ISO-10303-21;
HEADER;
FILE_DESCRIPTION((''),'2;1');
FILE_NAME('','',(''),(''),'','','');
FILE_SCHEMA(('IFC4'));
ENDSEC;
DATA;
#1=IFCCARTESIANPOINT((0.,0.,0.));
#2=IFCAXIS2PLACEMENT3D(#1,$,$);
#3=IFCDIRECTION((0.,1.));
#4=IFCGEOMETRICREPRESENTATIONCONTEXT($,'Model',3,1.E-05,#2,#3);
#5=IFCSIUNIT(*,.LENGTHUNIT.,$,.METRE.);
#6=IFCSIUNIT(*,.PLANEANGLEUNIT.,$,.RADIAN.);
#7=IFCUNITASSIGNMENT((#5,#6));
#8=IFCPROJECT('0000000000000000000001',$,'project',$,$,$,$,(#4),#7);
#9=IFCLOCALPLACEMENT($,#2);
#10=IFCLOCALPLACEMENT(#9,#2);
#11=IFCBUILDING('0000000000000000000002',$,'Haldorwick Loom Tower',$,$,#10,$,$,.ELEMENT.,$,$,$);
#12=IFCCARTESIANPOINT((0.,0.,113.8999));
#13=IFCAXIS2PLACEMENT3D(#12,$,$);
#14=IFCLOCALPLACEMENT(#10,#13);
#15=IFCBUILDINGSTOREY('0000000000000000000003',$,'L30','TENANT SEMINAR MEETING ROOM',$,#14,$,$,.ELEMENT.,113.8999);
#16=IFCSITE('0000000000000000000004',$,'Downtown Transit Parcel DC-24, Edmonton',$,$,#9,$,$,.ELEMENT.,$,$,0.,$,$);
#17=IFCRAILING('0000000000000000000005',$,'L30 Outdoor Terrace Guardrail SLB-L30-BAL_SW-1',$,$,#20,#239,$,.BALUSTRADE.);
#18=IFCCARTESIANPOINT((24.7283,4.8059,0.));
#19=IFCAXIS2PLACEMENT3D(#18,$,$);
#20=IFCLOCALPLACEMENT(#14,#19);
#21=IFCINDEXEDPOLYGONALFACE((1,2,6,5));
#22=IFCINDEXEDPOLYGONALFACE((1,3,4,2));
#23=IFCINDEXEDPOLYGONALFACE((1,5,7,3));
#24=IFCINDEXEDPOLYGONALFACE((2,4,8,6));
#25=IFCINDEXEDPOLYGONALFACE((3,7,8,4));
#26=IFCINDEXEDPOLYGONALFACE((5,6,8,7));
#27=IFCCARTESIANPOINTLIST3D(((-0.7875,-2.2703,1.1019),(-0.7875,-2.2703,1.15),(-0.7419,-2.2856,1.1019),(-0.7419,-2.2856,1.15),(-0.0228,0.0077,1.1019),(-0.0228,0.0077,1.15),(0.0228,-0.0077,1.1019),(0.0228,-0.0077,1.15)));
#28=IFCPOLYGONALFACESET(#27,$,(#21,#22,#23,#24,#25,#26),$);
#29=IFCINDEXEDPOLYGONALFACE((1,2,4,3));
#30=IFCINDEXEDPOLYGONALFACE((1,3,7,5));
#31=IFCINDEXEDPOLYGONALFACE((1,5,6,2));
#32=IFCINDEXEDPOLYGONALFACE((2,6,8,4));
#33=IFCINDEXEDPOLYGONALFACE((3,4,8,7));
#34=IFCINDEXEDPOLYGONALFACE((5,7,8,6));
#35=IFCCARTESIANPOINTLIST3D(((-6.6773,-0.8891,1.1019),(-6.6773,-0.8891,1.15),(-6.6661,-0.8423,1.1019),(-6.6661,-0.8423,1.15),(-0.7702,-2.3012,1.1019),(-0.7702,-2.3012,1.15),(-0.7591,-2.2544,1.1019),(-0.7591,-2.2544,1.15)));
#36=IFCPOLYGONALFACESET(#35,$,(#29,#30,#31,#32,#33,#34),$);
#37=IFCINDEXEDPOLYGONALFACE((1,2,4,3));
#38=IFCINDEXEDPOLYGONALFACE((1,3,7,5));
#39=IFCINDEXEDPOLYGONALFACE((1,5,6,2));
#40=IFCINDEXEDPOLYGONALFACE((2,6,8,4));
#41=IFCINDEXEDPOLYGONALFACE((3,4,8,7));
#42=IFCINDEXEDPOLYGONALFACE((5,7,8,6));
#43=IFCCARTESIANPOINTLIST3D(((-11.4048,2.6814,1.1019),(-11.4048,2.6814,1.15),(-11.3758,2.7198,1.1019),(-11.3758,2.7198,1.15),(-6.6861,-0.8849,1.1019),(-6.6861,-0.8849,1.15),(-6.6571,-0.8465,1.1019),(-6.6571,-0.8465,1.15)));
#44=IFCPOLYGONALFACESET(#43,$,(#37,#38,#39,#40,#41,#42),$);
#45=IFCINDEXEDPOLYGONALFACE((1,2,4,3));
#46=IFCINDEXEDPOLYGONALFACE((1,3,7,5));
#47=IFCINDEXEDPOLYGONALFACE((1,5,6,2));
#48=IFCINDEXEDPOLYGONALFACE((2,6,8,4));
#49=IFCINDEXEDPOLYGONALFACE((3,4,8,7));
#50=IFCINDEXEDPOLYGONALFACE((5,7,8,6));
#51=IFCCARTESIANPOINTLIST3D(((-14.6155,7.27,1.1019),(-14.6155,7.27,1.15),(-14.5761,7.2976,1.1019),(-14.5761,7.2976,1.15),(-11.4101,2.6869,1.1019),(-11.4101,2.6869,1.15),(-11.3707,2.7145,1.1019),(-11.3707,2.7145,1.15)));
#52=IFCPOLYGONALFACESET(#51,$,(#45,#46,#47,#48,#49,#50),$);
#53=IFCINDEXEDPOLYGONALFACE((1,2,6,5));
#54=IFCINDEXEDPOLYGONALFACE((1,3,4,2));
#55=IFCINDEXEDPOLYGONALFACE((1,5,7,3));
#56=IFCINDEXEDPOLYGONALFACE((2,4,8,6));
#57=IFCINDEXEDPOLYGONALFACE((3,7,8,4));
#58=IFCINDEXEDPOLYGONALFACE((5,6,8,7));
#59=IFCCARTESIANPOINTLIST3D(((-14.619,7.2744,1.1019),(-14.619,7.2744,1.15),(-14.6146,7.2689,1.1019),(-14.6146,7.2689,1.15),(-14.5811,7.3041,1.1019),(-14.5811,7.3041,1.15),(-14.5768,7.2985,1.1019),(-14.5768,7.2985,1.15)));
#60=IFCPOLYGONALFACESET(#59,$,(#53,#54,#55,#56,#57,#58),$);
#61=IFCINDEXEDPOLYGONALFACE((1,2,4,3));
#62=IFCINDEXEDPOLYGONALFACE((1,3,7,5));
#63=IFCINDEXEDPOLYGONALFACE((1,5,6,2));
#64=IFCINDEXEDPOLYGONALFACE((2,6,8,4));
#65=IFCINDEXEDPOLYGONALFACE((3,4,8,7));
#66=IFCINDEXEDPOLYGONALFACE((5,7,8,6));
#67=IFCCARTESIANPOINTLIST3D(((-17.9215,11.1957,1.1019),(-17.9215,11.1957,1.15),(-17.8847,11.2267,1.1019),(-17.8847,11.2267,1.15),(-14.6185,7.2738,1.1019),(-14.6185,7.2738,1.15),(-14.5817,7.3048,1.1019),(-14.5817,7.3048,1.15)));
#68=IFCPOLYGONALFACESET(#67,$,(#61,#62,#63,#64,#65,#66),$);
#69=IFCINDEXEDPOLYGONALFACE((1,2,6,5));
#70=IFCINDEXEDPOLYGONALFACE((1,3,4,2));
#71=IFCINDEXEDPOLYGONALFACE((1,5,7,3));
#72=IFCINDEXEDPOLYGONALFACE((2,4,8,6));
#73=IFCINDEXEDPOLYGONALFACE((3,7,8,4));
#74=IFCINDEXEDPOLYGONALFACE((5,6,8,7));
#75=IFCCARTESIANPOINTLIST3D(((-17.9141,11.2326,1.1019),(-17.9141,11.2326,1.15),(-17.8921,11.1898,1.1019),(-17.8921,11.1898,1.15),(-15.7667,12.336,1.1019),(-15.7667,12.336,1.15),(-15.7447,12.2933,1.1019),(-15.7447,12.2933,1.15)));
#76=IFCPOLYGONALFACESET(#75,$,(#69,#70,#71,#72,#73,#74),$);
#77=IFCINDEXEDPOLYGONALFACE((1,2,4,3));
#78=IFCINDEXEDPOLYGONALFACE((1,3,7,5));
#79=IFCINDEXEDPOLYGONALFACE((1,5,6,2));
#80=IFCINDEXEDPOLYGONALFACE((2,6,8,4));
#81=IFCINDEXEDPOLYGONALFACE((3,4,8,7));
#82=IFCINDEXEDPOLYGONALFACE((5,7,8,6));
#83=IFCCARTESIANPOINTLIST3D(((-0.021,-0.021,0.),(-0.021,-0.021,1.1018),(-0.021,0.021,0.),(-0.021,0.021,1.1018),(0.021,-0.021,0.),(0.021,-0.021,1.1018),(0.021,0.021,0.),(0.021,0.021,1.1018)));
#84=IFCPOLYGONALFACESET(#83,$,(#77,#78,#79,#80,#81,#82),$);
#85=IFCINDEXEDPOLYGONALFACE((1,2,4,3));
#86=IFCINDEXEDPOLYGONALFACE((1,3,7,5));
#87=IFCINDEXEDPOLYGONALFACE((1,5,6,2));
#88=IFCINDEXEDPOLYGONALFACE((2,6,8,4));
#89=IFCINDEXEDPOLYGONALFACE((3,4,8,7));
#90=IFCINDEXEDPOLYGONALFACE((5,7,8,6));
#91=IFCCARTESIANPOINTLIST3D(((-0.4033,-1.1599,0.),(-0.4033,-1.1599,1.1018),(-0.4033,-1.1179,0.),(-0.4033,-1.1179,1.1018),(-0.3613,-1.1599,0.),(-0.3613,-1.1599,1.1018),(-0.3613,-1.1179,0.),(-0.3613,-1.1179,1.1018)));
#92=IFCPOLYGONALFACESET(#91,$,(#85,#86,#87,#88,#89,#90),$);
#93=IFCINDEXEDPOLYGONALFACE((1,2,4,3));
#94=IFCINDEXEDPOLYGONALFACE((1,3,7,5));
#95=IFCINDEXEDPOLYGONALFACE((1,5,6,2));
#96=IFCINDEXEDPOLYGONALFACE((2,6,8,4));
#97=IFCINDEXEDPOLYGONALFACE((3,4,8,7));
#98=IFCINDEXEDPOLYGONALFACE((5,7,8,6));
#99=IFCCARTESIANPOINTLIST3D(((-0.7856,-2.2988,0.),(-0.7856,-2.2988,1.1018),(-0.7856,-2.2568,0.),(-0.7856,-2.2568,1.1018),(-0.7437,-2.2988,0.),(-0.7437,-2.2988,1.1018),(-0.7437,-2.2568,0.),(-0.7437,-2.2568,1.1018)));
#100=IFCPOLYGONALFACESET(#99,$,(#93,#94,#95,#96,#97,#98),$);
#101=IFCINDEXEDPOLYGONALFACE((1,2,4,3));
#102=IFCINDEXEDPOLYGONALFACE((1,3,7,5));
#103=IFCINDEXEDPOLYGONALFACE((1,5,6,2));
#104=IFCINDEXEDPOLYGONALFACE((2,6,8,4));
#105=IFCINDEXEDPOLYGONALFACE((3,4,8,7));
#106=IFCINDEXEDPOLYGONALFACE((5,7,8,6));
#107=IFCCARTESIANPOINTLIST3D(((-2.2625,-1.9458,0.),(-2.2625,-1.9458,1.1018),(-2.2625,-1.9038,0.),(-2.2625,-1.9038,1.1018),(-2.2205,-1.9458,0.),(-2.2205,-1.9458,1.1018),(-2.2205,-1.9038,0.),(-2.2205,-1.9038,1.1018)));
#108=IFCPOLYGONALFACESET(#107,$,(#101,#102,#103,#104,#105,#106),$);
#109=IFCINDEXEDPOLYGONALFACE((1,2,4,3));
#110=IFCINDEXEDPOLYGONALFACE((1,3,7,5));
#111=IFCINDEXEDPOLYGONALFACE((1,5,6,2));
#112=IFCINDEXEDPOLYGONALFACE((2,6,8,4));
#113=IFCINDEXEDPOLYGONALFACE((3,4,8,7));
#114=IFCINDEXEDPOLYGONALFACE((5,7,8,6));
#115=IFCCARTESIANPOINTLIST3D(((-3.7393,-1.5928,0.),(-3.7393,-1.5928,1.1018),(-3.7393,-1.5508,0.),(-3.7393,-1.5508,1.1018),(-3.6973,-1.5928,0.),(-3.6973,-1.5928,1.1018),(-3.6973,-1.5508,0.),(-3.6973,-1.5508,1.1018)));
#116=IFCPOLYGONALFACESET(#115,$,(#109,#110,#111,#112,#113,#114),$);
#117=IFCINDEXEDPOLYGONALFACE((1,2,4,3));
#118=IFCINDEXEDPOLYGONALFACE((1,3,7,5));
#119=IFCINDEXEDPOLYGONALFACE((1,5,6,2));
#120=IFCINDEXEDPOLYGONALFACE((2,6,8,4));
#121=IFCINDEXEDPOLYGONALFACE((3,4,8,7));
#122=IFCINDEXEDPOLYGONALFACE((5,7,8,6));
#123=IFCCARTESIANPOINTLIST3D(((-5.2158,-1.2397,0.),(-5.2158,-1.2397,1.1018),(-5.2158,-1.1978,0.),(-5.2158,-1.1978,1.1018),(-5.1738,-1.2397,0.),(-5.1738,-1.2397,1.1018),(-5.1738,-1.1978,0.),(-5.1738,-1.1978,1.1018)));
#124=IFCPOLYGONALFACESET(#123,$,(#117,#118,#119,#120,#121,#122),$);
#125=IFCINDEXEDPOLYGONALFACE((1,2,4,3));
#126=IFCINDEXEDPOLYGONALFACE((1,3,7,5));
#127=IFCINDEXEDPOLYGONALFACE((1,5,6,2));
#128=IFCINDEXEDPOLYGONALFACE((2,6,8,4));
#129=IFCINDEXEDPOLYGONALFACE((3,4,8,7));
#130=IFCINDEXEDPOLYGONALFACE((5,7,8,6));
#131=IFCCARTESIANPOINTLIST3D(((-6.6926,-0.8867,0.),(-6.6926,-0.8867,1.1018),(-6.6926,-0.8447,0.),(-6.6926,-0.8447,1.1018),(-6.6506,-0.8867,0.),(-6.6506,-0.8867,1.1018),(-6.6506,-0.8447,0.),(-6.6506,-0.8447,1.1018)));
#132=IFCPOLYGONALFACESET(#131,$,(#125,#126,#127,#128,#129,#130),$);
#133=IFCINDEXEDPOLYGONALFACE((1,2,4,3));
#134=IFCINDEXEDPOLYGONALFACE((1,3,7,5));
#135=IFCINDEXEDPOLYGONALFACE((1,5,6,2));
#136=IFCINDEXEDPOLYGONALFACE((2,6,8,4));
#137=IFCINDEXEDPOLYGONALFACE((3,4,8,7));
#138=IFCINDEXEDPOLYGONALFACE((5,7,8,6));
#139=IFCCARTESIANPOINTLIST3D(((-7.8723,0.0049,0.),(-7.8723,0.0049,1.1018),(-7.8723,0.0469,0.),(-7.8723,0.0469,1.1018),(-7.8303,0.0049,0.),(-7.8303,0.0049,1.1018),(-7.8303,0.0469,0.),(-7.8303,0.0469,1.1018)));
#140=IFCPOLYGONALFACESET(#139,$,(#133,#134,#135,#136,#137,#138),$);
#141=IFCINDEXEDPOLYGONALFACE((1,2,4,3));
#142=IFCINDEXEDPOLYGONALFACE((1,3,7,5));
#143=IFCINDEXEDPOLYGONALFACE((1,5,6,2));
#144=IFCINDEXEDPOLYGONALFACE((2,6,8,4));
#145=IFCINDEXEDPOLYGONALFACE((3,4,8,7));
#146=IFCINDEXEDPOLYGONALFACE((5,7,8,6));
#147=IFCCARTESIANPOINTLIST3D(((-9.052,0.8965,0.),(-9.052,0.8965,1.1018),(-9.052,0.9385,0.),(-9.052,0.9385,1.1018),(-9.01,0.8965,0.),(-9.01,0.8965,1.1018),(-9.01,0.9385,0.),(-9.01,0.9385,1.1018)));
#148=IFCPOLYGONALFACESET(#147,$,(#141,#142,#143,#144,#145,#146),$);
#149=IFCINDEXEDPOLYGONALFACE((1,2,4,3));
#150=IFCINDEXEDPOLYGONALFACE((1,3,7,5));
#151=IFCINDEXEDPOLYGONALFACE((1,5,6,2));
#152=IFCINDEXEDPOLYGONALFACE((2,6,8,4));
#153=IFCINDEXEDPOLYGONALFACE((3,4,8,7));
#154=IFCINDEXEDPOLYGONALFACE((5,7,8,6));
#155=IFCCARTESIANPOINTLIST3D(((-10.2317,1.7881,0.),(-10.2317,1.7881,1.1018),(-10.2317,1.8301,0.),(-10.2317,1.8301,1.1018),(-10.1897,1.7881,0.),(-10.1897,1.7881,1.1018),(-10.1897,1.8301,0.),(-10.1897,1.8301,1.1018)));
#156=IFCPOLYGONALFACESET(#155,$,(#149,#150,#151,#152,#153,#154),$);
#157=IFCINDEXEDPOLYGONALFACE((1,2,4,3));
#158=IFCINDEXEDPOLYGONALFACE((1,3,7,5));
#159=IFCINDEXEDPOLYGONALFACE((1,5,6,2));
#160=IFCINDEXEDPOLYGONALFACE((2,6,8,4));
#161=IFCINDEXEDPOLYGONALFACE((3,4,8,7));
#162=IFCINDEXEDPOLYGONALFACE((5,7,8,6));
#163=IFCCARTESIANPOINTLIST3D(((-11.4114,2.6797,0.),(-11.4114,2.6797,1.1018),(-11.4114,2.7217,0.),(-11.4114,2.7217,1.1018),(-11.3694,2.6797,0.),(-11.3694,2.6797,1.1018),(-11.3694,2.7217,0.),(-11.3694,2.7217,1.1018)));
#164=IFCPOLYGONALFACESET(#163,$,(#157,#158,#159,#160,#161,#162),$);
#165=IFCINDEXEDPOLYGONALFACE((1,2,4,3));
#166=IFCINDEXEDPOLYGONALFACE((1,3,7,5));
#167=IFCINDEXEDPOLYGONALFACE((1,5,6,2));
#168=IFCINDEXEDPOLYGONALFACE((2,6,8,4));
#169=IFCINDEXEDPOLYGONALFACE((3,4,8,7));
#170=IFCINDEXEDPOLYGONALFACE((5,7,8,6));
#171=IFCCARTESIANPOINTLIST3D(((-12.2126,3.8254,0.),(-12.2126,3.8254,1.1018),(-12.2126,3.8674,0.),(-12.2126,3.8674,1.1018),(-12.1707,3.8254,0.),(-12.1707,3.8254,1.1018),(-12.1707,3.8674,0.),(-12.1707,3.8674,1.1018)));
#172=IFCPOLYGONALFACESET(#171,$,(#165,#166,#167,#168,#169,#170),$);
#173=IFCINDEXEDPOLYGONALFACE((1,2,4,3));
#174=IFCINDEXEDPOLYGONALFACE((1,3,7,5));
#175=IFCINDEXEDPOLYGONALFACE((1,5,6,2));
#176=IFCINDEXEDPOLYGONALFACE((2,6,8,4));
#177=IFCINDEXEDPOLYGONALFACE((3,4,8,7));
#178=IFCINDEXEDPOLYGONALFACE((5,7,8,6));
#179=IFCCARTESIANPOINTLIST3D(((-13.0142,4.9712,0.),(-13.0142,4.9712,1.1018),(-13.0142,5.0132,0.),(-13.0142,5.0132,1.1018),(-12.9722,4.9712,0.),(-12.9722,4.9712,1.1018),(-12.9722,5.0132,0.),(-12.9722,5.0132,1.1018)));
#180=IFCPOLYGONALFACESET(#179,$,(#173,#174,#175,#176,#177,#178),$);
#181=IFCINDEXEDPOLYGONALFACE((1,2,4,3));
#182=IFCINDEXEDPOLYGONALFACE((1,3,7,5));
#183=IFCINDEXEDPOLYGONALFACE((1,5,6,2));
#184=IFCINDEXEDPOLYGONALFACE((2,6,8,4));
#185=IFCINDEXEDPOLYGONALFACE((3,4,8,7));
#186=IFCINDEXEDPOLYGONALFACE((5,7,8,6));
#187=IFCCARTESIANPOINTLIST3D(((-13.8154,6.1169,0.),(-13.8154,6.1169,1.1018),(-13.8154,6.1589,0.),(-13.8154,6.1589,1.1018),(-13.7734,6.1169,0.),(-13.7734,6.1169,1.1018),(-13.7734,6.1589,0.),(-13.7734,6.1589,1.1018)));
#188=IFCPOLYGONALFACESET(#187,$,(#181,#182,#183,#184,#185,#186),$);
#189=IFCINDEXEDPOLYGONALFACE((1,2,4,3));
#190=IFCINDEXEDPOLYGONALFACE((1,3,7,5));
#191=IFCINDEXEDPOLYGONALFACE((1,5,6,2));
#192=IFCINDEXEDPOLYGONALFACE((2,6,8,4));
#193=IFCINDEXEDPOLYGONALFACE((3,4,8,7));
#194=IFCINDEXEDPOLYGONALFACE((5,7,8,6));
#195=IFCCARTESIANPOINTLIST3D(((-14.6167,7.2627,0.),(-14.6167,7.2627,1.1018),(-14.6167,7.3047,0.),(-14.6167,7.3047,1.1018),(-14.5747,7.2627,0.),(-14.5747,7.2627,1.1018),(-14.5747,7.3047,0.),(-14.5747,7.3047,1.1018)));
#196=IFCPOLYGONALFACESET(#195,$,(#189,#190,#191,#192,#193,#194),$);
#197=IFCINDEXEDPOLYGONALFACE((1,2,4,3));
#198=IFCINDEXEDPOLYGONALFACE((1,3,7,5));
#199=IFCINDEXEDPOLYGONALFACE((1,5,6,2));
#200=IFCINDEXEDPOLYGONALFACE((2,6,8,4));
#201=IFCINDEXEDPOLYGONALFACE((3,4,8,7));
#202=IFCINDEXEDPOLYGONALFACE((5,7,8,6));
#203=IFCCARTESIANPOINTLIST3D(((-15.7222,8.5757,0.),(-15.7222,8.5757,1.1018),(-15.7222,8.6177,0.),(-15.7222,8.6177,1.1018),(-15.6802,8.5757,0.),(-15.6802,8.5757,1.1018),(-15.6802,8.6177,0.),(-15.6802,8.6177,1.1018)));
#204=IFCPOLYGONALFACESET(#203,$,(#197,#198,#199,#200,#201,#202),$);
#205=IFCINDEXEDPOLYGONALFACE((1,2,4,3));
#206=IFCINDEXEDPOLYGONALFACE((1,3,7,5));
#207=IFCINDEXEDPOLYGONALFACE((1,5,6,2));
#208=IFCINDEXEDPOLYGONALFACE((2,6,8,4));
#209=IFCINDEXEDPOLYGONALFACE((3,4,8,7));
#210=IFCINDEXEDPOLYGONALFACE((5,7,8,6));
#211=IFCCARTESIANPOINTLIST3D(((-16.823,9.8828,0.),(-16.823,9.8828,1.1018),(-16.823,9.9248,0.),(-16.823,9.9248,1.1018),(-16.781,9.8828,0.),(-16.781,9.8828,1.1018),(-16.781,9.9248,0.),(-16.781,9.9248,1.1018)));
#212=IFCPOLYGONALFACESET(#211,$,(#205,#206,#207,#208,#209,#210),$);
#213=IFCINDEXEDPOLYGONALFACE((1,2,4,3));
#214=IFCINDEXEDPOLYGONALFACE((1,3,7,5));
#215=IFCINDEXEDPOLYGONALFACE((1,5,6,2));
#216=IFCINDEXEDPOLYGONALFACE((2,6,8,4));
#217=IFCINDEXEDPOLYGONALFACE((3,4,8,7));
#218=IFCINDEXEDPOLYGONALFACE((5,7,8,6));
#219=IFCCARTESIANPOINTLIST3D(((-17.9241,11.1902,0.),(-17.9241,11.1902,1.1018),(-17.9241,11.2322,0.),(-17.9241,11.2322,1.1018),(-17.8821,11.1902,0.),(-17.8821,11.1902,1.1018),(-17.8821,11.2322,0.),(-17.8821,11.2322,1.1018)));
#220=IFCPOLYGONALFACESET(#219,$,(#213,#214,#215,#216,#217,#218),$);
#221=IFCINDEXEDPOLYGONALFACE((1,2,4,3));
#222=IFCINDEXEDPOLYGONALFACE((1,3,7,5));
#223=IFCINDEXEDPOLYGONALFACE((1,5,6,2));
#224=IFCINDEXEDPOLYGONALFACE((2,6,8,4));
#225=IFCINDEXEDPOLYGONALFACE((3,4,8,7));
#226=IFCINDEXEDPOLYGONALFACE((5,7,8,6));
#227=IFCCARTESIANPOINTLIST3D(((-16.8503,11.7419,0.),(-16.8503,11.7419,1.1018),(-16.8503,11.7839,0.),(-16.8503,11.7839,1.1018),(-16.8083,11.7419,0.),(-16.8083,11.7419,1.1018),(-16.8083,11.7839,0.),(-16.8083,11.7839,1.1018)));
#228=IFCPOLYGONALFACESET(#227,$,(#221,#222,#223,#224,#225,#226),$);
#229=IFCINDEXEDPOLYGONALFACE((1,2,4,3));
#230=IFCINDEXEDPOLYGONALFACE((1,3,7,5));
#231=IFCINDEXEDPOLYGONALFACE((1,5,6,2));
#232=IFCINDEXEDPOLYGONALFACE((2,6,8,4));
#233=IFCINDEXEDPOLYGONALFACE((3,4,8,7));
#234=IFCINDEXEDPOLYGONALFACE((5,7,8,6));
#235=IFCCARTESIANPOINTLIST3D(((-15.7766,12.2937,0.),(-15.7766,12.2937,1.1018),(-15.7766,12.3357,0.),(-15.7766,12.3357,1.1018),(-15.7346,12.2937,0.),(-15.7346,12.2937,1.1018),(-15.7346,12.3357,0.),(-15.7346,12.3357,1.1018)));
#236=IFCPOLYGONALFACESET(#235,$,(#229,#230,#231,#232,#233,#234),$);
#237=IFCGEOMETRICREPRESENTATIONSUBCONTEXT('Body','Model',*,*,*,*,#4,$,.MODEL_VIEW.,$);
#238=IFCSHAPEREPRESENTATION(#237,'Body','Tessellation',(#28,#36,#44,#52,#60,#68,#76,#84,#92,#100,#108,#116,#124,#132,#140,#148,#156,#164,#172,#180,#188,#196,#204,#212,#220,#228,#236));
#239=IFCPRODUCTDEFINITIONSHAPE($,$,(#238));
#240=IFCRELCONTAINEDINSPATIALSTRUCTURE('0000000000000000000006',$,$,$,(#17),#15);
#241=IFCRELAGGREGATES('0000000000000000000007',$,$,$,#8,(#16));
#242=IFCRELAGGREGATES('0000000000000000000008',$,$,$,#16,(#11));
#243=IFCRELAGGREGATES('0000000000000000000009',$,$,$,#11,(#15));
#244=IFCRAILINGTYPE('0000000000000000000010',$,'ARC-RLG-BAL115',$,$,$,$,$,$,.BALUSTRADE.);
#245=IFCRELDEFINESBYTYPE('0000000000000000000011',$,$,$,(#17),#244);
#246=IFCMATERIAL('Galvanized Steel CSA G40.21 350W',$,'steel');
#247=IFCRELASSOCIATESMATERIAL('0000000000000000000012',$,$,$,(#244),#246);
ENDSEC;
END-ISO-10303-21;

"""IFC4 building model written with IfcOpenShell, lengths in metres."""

from ifc_helpers import new_model, si_unit, direction, frame, origin, origin_2d, place, context, subcontext, project, spatial, rectangle, extrude, material, type_object, element, save


model = new_model("IFC4")

# Units and contexts
model_context = context("Model", 3, precision=1e-05, world=origin(), true_north=direction((0.0, 1.0)))
body_context = subcontext(model_context, "Body", "Model", "MODEL_VIEW")
ifc_project = project(units=[si_unit("LENGTHUNIT", "METRE"), si_unit("PLANEANGLEUNIT", "RADIAN")], contexts=[model_context])

# Site, building, storey
site_placement = place(None, origin())
site = spatial("IfcSite", under=ifc_project, at=site_placement, Name="Downtown Transit Parcel DC-24, Edmonton", CompositionType="ELEMENT", RefElevation=0.0)
building_placement = place(site_placement, origin())
building = spatial("IfcBuilding", under=site, at=building_placement, Name="Haldorwick Loom Tower", CompositionType="ELEMENT")
storey_placement = place(building_placement, frame((0.0, 0.0, 113.8999)))
storey = spatial("IfcBuildingStorey", under=building, at=storey_placement, Name="L30", Description="TENANT SEMINAR MEETING ROOM", CompositionType="ELEMENT", Elevation=113.8999)

# Railing
ifc_material_1 = material(Name="Galvanized Steel CSA G40.21 350W", Category="steel")
railing_type = type_object("IfcRailingType", Name="ARC-RLG-BAL115", PredefinedType="BALUSTRADE", material=ifc_material_1)
railing_placement = place(storey_placement, frame((24.7283, 4.8059, 0.0)))
element("IfcRailing", 1, at=railing_placement, inside=storey, type_object=railing_type, Name="L30 Outdoor Terrace Guardrail SLB-L30-BAL_SW-1", PredefinedType="BALUSTRADE", context=body_context, shape_type="SweptSolid", body=[
    extrude(rectangle(XDim=0.0481, YDim=0.0481, at=origin_2d()), frame((0.0, 0.0, 1.126), z_axis=(-0.318239, -0.948011, 0.0), x_axis=(0.948011, -0.318239, 0.0)), (0.0, 0.0, 1.0), 2.4028),
    extrude(rectangle(XDim=0.0481, YDim=0.0481, at=origin_2d()), frame((-0.7646, -2.2778, 1.126), z_axis=(-0.972595, 0.232506, 0.0), x_axis=(-0.232506, -0.972595, 0.0)), (0.0, 0.0, 1.0), 6.0735),
    extrude(rectangle(XDim=0.0481, YDim=0.0481, at=origin_2d()), frame((-6.6716, -0.8657, 1.126), z_axis=(-0.797776, 0.602955, 0.0), x_axis=(-0.602955, -0.797776, 0.0)), (0.0, 0.0, 1.0), 5.9148),
    extrude(rectangle(XDim=0.0481, YDim=0.0481, at=origin_2d()), frame((-11.3904, 2.7007, 1.126), z_axis=(-0.573128, 0.819466, 0.0), x_axis=(-0.819466, -0.573128, 0.0)), (0.0, 0.0, 1.0), 5.5928),
    extrude(rectangle(XDim=0.0481, YDim=0.0481, at=origin_2d()), frame((-14.5957, 7.2837, 1.126), z_axis=(-0.616308, 0.787505, 0.0), x_axis=(-0.787505, -0.616308, 0.0)), (0.0, 0.0, 1.0), 0.0071),
    extrude(rectangle(XDim=0.0481, YDim=0.0481, at=origin_2d()), frame((-14.6001, 7.2893, 1.126), z_axis=(-0.644175, 0.764878, 0.0), x_axis=(-0.764878, -0.644175, 0.0)), (0.0, 0.0, 1.0), 5.1274),
    extrude(rectangle(XDim=0.0481, YDim=0.0481, at=origin_2d()), frame((-17.9031, 11.2112, 1.126), z_axis=(0.889438, 0.457056, 0.0), x_axis=(-0.457056, 0.889438, 0.0)), (0.0, 0.0, 1.0), 2.4143),
    extrude(rectangle(XDim=0.042, YDim=0.042, at=origin_2d()), origin(), (0.0, 0.0, 1.0), 1.1018),
    extrude(rectangle(XDim=0.042, YDim=0.042, at=origin_2d()), frame((-0.3823, -1.1389, 0.0)), (0.0, 0.0, 1.0), 1.1018),
    extrude(rectangle(XDim=0.042, YDim=0.042, at=origin_2d()), frame((-0.7646, -2.2778, 0.0)), (0.0, 0.0, 1.0), 1.1018),
    extrude(rectangle(XDim=0.042, YDim=0.042, at=origin_2d()), frame((-2.2415, -1.9248, 0.0)), (0.0, 0.0, 1.0), 1.1018),
    extrude(rectangle(XDim=0.042, YDim=0.042, at=origin_2d()), frame((-3.7183, -1.5718, 0.0)), (0.0, 0.0, 1.0), 1.1018),
    extrude(rectangle(XDim=0.042, YDim=0.042, at=origin_2d()), frame((-5.1948, -1.2188, 0.0)), (0.0, 0.0, 1.0), 1.1018),
    extrude(rectangle(XDim=0.042, YDim=0.042, at=origin_2d()), frame((-6.6716, -0.8657, 0.0)), (0.0, 0.0, 1.0), 1.1018),
    extrude(rectangle(XDim=0.042, YDim=0.042, at=origin_2d()), frame((-7.8513, 0.0259, 0.0)), (0.0, 0.0, 1.0), 1.1018),
    extrude(rectangle(XDim=0.042, YDim=0.042, at=origin_2d()), frame((-9.031, 0.9175, 0.0)), (0.0, 0.0, 1.0), 1.1018),
    extrude(rectangle(XDim=0.042, YDim=0.042, at=origin_2d()), frame((-10.2107, 1.8091, 0.0)), (0.0, 0.0, 1.0), 1.1018),
    extrude(rectangle(XDim=0.042, YDim=0.042, at=origin_2d()), frame((-11.3904, 2.7007, 0.0)), (0.0, 0.0, 1.0), 1.1018),
    extrude(rectangle(XDim=0.042, YDim=0.042, at=origin_2d()), frame((-12.1917, 3.8464, 0.0)), (0.0, 0.0, 1.0), 1.1018),
    extrude(rectangle(XDim=0.042, YDim=0.042, at=origin_2d()), frame((-12.9932, 4.9922, 0.0)), (0.0, 0.0, 1.0), 1.1018),
    extrude(rectangle(XDim=0.042, YDim=0.042, at=origin_2d()), frame((-13.7944, 6.1379, 0.0)), (0.0, 0.0, 1.0), 1.1018),
    extrude(rectangle(XDim=0.042, YDim=0.042, at=origin_2d()), frame((-14.5957, 7.2837, 0.0)), (0.0, 0.0, 1.0), 1.1018),
    extrude(rectangle(XDim=0.042, YDim=0.042, at=origin_2d()), frame((-15.7012, 8.5967, 0.0)), (0.0, 0.0, 1.0), 1.1018),
    extrude(rectangle(XDim=0.042, YDim=0.042, at=origin_2d()), frame((-16.802, 9.9038, 0.0)), (0.0, 0.0, 1.0), 1.1018),
    extrude(rectangle(XDim=0.042, YDim=0.042, at=origin_2d()), frame((-17.9031, 11.2112, 0.0)), (0.0, 0.0, 1.0), 1.1018),
    extrude(rectangle(XDim=0.042, YDim=0.042, at=origin_2d()), frame((-16.8293, 11.7629, 0.0)), (0.0, 0.0, 1.0), 1.1018),
    extrude(rectangle(XDim=0.042, YDim=0.042, at=origin_2d()), frame((-15.7556, 12.3147, 0.0)), (0.0, 0.0, 1.0), 1.1018),
])

save(model, "model.ifc")
